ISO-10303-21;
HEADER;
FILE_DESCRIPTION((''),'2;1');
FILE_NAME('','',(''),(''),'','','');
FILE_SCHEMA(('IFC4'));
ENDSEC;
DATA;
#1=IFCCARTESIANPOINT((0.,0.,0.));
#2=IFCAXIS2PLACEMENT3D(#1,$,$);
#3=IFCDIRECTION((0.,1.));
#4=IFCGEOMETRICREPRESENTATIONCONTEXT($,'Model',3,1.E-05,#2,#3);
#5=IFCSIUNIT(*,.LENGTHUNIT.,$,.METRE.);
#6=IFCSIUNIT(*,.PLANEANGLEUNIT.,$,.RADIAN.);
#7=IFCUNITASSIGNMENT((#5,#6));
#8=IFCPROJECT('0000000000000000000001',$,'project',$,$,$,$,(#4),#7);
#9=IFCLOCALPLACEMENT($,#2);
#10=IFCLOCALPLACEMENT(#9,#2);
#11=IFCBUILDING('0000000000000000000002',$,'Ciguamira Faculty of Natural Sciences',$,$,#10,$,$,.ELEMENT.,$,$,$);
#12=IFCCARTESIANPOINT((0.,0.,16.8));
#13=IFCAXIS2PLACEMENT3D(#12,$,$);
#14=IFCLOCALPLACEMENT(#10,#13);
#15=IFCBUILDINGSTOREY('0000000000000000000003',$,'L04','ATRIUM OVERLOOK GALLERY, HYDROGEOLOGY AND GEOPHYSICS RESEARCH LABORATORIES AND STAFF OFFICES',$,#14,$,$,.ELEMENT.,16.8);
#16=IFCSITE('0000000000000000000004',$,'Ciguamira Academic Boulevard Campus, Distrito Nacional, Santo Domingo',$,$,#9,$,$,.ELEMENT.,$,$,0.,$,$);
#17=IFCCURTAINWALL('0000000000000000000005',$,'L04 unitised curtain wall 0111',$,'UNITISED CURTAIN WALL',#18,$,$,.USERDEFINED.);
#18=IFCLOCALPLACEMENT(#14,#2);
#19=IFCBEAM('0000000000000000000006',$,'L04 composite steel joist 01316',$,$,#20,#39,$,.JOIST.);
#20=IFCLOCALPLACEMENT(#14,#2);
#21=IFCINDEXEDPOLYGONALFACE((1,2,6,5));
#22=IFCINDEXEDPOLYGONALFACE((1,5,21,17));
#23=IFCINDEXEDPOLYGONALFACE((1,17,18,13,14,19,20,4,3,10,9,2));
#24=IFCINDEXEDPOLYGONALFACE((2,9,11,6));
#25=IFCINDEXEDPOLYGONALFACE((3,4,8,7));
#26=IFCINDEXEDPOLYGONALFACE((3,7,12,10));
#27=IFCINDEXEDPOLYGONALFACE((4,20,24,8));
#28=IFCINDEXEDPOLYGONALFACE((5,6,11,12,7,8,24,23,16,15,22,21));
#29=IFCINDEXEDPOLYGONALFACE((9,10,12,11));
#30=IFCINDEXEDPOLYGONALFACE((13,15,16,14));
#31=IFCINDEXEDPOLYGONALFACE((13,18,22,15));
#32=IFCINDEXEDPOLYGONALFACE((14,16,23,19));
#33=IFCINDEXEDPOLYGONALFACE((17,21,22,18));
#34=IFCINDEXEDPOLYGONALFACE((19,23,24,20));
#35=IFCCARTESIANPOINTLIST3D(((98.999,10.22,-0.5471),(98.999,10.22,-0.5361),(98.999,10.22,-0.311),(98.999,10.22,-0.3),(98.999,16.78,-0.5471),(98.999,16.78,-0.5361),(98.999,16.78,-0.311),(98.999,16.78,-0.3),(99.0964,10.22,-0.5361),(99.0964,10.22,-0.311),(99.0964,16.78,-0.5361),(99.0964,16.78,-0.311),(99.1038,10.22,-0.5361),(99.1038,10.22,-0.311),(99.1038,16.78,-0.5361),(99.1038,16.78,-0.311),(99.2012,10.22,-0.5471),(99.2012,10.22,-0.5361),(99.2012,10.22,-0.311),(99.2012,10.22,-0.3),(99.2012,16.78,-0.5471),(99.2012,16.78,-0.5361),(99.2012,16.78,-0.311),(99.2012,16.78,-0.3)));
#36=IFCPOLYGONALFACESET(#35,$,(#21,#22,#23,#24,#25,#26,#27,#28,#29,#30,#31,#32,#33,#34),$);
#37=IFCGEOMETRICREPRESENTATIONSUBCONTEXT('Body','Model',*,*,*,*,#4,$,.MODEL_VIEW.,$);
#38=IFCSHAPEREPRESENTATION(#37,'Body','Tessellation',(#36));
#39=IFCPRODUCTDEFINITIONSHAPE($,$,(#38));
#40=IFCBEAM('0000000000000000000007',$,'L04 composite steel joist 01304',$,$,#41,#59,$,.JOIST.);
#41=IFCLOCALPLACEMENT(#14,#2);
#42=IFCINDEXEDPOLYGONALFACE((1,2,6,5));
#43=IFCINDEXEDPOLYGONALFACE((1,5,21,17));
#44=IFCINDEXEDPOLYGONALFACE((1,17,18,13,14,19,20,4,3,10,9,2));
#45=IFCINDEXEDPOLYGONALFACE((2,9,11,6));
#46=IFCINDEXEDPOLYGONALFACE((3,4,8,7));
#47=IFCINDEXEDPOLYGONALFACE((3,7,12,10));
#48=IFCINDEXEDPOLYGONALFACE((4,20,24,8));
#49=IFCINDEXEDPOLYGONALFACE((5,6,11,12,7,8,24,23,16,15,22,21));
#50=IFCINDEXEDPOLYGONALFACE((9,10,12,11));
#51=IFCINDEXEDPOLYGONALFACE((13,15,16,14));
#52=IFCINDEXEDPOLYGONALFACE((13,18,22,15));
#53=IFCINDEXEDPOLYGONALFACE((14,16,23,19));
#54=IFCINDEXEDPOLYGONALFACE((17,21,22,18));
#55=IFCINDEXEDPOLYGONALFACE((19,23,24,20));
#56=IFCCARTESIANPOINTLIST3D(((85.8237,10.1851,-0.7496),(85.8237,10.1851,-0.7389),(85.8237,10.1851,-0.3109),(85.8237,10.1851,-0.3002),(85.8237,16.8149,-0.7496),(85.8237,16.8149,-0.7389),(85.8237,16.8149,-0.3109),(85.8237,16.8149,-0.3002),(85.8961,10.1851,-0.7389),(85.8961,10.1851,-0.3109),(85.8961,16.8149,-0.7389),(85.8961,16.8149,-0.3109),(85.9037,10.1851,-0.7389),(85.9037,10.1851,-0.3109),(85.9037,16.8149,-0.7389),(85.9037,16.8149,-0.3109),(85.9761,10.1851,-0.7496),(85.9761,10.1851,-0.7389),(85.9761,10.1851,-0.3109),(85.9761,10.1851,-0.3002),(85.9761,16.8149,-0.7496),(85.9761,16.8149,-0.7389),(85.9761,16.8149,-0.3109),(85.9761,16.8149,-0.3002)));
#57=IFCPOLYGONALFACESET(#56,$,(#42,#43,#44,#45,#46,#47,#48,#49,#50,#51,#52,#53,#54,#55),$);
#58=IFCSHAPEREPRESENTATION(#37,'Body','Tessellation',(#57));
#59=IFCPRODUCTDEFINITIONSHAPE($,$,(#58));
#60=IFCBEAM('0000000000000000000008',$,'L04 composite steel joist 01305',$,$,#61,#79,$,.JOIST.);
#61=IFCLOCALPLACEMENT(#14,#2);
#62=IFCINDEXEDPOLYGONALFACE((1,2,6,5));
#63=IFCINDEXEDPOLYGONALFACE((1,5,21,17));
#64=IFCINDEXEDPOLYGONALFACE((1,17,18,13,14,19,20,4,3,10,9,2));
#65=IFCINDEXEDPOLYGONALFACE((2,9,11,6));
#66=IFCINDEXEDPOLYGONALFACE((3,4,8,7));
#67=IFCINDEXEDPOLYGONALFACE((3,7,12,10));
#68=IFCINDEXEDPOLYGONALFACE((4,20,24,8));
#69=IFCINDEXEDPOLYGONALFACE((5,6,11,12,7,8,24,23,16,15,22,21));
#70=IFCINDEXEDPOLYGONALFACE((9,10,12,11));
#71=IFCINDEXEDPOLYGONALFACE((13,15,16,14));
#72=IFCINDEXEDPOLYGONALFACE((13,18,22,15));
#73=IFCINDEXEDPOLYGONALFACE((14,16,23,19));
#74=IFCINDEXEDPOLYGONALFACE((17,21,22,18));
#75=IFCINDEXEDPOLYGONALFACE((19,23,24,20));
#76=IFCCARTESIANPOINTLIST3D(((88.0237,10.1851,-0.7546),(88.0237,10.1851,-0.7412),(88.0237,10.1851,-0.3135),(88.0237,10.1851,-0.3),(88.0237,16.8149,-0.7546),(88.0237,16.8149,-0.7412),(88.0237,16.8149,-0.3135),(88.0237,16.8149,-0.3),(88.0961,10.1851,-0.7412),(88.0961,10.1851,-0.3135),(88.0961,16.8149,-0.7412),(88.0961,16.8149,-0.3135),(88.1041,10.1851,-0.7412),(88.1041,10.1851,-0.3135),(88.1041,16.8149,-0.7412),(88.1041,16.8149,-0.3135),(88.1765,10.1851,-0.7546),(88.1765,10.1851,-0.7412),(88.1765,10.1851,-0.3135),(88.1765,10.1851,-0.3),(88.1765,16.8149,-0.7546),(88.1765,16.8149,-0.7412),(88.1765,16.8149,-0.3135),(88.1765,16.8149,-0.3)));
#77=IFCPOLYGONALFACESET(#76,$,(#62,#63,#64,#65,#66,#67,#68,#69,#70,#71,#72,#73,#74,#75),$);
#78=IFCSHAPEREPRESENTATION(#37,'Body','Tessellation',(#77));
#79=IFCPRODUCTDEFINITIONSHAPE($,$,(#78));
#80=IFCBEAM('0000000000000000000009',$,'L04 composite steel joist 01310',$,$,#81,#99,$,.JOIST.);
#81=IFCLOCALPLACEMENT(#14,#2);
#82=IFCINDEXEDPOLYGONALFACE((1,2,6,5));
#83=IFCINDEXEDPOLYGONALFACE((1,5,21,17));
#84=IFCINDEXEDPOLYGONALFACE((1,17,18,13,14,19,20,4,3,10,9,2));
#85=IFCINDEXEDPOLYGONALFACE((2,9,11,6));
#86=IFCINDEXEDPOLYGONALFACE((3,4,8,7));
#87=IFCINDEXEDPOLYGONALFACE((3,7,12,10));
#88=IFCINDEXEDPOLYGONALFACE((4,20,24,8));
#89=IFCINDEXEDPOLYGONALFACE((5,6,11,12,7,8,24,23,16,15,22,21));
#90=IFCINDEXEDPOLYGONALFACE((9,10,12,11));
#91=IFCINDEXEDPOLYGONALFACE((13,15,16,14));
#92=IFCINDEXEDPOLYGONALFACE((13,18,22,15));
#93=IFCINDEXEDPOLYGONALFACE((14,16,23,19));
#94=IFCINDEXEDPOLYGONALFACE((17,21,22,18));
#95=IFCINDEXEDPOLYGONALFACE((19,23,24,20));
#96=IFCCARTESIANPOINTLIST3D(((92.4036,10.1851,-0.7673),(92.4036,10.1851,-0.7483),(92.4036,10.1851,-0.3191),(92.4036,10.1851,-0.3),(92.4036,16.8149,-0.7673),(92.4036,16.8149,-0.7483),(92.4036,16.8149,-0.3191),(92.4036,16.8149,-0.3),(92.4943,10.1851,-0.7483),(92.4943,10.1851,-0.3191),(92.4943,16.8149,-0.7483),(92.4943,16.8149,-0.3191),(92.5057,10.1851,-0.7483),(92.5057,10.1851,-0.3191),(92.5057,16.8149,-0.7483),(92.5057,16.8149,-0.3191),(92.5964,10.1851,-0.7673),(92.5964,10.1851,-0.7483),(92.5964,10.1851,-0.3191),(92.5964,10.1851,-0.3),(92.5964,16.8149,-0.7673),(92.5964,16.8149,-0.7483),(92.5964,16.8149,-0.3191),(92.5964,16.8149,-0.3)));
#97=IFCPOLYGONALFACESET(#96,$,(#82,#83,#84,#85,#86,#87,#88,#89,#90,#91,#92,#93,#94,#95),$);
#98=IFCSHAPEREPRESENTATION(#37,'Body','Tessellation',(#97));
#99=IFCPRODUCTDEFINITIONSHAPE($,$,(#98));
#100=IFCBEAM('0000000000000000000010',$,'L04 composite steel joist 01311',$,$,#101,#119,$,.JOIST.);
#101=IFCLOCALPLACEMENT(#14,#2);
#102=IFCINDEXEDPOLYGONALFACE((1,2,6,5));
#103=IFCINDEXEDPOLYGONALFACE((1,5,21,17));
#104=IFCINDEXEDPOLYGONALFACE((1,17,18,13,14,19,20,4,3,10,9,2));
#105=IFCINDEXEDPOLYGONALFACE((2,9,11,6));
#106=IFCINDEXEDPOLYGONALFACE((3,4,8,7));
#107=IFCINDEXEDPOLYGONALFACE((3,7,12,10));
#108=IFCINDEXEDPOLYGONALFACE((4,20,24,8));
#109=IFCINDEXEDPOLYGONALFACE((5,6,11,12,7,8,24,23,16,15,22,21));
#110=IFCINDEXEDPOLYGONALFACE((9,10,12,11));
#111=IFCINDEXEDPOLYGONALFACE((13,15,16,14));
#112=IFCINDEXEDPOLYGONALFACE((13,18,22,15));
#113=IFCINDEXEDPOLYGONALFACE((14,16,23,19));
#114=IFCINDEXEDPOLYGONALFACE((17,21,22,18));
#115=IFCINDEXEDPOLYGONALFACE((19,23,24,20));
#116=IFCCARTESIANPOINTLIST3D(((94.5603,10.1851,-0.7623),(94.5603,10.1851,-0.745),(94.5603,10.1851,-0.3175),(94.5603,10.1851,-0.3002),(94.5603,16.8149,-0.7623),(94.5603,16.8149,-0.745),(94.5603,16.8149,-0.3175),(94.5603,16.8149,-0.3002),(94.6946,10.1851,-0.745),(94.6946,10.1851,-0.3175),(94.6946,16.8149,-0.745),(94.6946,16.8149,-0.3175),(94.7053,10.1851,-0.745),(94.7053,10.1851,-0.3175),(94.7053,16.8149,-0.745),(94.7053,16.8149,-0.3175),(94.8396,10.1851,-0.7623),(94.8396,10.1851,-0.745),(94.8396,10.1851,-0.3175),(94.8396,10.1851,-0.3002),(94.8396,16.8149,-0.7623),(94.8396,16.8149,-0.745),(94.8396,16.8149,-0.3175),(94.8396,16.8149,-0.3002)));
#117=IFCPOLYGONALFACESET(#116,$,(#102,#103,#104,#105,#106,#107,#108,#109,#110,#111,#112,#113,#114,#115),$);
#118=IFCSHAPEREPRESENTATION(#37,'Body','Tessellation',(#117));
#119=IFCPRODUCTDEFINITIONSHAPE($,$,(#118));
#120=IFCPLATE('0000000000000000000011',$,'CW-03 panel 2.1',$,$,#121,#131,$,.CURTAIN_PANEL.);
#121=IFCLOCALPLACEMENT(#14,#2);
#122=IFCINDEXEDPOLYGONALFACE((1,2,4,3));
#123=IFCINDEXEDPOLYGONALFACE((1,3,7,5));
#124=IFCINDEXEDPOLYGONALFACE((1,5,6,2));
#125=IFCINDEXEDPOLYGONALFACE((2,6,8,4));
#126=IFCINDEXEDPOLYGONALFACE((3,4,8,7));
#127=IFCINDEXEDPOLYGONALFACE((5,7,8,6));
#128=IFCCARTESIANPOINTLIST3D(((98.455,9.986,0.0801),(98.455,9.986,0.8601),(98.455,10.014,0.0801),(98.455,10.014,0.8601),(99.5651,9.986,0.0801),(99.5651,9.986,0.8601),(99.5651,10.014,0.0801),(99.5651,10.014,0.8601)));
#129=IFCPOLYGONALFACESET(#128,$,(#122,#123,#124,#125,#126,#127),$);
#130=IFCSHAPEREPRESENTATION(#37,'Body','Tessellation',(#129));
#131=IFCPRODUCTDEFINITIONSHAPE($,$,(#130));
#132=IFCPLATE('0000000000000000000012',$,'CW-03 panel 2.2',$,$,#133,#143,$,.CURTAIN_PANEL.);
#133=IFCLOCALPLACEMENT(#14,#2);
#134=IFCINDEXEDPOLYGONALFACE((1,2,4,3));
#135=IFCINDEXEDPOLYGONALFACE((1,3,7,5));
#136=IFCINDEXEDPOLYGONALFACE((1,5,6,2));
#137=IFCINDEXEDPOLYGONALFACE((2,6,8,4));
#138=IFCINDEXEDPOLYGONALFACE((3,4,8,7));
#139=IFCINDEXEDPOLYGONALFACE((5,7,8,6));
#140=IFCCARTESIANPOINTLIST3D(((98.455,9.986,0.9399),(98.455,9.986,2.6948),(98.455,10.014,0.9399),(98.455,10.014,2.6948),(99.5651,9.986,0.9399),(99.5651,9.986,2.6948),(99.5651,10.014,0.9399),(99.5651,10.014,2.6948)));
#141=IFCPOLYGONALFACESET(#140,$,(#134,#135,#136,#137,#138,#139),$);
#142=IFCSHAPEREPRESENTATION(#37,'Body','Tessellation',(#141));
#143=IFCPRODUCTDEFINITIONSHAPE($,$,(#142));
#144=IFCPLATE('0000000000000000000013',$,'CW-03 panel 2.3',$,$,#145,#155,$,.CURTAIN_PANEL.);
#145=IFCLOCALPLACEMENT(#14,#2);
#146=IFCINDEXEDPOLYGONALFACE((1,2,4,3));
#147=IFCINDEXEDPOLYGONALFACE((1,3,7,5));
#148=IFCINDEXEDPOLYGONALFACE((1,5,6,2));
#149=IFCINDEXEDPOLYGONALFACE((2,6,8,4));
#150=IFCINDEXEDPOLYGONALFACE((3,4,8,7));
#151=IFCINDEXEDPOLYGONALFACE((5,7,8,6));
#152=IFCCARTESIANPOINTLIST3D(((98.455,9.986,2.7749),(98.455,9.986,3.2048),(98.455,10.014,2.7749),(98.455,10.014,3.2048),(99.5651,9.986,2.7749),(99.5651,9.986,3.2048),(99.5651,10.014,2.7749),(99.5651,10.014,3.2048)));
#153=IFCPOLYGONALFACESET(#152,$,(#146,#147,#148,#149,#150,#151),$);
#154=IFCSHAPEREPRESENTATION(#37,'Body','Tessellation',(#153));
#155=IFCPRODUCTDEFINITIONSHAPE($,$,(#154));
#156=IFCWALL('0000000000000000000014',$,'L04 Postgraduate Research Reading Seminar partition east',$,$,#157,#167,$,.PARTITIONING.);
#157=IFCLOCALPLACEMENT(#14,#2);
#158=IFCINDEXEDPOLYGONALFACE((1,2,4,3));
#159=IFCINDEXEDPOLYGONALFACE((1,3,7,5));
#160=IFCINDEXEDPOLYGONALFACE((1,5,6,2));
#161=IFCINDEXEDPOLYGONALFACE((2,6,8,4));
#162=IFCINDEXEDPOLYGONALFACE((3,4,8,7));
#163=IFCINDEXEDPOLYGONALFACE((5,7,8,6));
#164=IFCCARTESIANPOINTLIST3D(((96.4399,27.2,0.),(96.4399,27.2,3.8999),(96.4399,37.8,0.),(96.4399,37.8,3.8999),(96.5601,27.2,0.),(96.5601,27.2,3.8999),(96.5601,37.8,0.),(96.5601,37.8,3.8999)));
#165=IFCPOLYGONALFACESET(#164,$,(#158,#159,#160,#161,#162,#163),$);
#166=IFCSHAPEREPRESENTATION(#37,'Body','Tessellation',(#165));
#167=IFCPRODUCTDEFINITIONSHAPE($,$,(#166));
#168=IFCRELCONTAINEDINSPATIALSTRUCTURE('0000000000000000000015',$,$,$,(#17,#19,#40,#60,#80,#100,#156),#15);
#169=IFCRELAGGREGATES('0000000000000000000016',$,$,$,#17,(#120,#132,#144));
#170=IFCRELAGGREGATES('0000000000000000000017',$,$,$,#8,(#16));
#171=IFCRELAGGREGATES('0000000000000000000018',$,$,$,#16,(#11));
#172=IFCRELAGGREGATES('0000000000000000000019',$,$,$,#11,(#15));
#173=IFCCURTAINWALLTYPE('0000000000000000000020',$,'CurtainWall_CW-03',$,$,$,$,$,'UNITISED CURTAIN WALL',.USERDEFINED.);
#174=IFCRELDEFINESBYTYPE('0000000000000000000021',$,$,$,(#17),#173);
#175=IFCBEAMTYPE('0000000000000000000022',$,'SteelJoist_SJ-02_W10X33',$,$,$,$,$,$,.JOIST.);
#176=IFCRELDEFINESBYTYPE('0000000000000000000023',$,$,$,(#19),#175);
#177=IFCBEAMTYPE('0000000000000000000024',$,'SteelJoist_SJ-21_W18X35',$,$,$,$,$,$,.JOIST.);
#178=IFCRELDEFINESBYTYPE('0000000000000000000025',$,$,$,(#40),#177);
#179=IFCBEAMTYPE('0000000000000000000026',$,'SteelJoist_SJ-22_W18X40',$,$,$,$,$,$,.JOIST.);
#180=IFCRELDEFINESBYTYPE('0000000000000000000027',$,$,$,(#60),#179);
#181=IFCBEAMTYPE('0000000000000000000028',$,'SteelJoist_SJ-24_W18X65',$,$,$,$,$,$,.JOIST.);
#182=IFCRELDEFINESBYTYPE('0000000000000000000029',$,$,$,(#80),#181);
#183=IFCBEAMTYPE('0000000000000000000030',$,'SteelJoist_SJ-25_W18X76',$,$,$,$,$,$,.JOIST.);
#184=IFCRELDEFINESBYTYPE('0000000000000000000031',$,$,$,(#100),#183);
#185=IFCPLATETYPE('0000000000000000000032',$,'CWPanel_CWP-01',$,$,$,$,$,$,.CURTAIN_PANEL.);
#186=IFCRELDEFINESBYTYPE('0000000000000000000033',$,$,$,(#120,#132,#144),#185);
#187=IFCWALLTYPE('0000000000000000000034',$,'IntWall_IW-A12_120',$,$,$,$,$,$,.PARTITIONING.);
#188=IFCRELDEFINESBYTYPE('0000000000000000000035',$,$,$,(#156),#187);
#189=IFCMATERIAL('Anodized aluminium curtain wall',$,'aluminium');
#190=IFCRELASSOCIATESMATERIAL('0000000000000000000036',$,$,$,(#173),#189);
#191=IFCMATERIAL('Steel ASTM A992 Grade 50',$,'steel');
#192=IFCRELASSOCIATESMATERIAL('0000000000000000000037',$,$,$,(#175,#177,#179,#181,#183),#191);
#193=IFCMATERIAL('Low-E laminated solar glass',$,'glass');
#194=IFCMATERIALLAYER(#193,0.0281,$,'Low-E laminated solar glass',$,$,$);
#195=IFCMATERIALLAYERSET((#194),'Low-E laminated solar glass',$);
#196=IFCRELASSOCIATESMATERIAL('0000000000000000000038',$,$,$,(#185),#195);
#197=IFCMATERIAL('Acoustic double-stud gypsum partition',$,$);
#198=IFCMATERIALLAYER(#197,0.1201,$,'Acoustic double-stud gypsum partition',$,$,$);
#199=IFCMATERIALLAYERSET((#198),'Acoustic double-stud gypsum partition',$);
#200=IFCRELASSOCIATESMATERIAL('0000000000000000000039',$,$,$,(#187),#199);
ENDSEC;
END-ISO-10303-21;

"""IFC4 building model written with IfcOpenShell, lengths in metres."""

from ifc_helpers import new_model, si_unit, direction, frame, frame_2d, origin, origin_2d, place, context, subcontext, project, spatial, rectangle, i_section, extrude, material, layer, layer_set, material_profile, profile_set, type_object, element, aggregate, save


model = new_model("IFC4")

# Units and contexts
model_context = context("Model", 3, precision=1e-05, world=origin(), true_north=direction((0.0, 1.0)))
body_context = subcontext(model_context, "Body", "Model", "MODEL_VIEW")
ifc_project = project(units=[si_unit("LENGTHUNIT", "METRE"), si_unit("PLANEANGLEUNIT", "RADIAN")], contexts=[model_context])

# Site, building, storey
site_placement = place(None, origin())
site = spatial("IfcSite", under=ifc_project, at=site_placement, Name="Ciguamira Academic Boulevard Campus, Distrito Nacional, Santo Domingo", CompositionType="ELEMENT", RefElevation=0.0)
building_placement = place(site_placement, origin())
building = spatial("IfcBuilding", under=site, at=building_placement, Name="Ciguamira Faculty of Natural Sciences", CompositionType="ELEMENT")
storey_placement = place(building_placement, frame((0.0, 0.0, 16.8)))
storey = spatial("IfcBuildingStorey", under=building, at=storey_placement, Name="L04", Description="ATRIUM OVERLOOK GALLERY, HYDROGEOLOGY AND GEOPHYSICS RESEARCH LABORATORIES AND STAFF OFFICES", CompositionType="ELEMENT", Elevation=16.8)

# Curtain wall
ifc_material_1 = material(Name="Anodized aluminium curtain wall", Category="aluminium")
curtain_wall_type = type_object("IfcCurtainWallType", Name="CurtainWall_CW-03", ElementType="UNITISED CURTAIN WALL", PredefinedType="USERDEFINED", material=ifc_material_1)
curtain_wall_placement = place(storey_placement, origin())
curtain_wall = element("IfcCurtainWall", 1, at=curtain_wall_placement, inside=storey, type_object=curtain_wall_type, Name="L04 unitised curtain wall 0111", ObjectType="UNITISED CURTAIN WALL", PredefinedType="USERDEFINED")

# Beams
ifc_material_2 = material(Name="Steel ASTM A992 Grade 50", Category="steel")
ifc_material_profile_1 = material_profile(ifc_material_2, i_section(OverallWidth=0.2021, OverallDepth=0.2471, WebThickness=0.0073, FlangeThickness=0.011, at=origin_2d()), Name="W10X33")
ifc_profile_set_1 = profile_set([ifc_material_profile_1], Name="Steel ASTM A992 Grade 50")
beam_type_1 = type_object("IfcBeamType", Name="SteelJoist_SJ-02_W10X33", PredefinedType="JOIST", material=ifc_profile_set_1)
beam_1_placement = place(storey_placement, frame((99.1001, 10.22, -0.4236), z_axis=(0.0, 1.0, 0.0), x_axis=(-1.0, 0.0, 0.0)))
element("IfcBeam", 2, at=beam_1_placement, inside=storey, type_object=beam_type_1, Name="L04 composite steel joist 01316", PredefinedType="JOIST", context=body_context, shape_type="SweptSolid", body=[
    extrude(i_section(OverallWidth=0.2021, OverallDepth=0.2471, WebThickness=0.0073, FlangeThickness=0.011, at=origin_2d()), origin(), (0.0, 0.0, 1.0), 6.5601),
])
ifc_material_profile_2 = material_profile(ifc_material_2, i_section(OverallWidth=0.1523, OverallDepth=0.4495, WebThickness=0.0076, FlangeThickness=0.0107, at=origin_2d()), Name="W18X35")
ifc_profile_set_2 = profile_set([ifc_material_profile_2], Name="Steel ASTM A992 Grade 50")
beam_type_2 = type_object("IfcBeamType", Name="SteelJoist_SJ-21_W18X35", PredefinedType="JOIST", material=ifc_profile_set_2)
beam_2_placement = place(storey_placement, frame((85.8999, 10.1851, -0.5249), z_axis=(0.0, 1.0, 0.0), x_axis=(-1.0, 0.0, 0.0)))
element("IfcBeam", 3, at=beam_2_placement, inside=storey, type_object=beam_type_2, Name="L04 composite steel joist 01304", PredefinedType="JOIST", context=body_context, shape_type="SweptSolid", body=[
    extrude(i_section(OverallWidth=0.1523, OverallDepth=0.4495, WebThickness=0.0076, FlangeThickness=0.0107, at=origin_2d()), origin(), (0.0, 0.0, 1.0), 6.6299),
])
ifc_material_profile_3 = material_profile(ifc_material_2, i_section(OverallWidth=0.1528, OverallDepth=0.4546, WebThickness=0.0081, FlangeThickness=0.0134, at=origin_2d()), Name="W18X40")
ifc_profile_set_3 = profile_set([ifc_material_profile_3], Name="Steel ASTM A992 Grade 50")
beam_type_3 = type_object("IfcBeamType", Name="SteelJoist_SJ-22_W18X40", PredefinedType="JOIST", material=ifc_profile_set_3)
beam_3_placement = place(storey_placement, frame((88.1001, 10.1851, -0.5273), z_axis=(0.0, 1.0, 0.0), x_axis=(-1.0, 0.0, 0.0)))
element("IfcBeam", 4, at=beam_3_placement, inside=storey, type_object=beam_type_3, Name="L04 composite steel joist 01305", PredefinedType="JOIST", context=body_context, shape_type="SweptSolid", body=[
    extrude(i_section(OverallWidth=0.1528, OverallDepth=0.4546, WebThickness=0.0081, FlangeThickness=0.0134, at=origin_2d()), origin(), (0.0, 0.0, 1.0), 6.6299),
])
ifc_material_profile_4 = material_profile(ifc_material_2, i_section(OverallWidth=0.1929, OverallDepth=0.4673, WebThickness=0.0115, FlangeThickness=0.019, at=origin_2d()), Name="W18X65")
ifc_profile_set_4 = profile_set([ifc_material_profile_4], Name="Steel ASTM A992 Grade 50")
beam_type_4 = type_object("IfcBeamType", Name="SteelJoist_SJ-24_W18X65", PredefinedType="JOIST", material=ifc_profile_set_4)
beam_4_placement = place(storey_placement, frame((92.5, 10.1851, -0.5337), z_axis=(0.0, 1.0, 0.0), x_axis=(-1.0, 0.0, 0.0)))
element("IfcBeam", 5, at=beam_4_placement, inside=storey, type_object=beam_type_4, Name="L04 composite steel joist 01310", PredefinedType="JOIST", context=body_context, shape_type="SweptSolid", body=[
    extrude(i_section(OverallWidth=0.1929, OverallDepth=0.4673, WebThickness=0.0115, FlangeThickness=0.019, at=origin_2d()), origin(), (0.0, 0.0, 1.0), 6.6299),
])
ifc_material_profile_5 = material_profile(ifc_material_2, i_section(OverallWidth=0.2793, OverallDepth=0.4622, WebThickness=0.0107, FlangeThickness=0.0173, at=origin_2d()), Name="W18X76")
ifc_profile_set_5 = profile_set([ifc_material_profile_5], Name="Steel ASTM A992 Grade 50")
beam_type_5 = type_object("IfcBeamType", Name="SteelJoist_SJ-25_W18X76", PredefinedType="JOIST", material=ifc_profile_set_5)
beam_5_placement = place(storey_placement, frame((94.7, 10.1851, -0.5312), z_axis=(0.0, 1.0, 0.0), x_axis=(-1.0, 0.0, 0.0)))
element("IfcBeam", 6, at=beam_5_placement, inside=storey, type_object=beam_type_5, Name="L04 composite steel joist 01311", PredefinedType="JOIST", context=body_context, shape_type="SweptSolid", body=[
    extrude(i_section(OverallWidth=0.2793, OverallDepth=0.4622, WebThickness=0.0107, FlangeThickness=0.0173, at=origin_2d()), origin(), (0.0, 0.0, 1.0), 6.6299),
])

# Plates
ifc_material_3 = material(Name="Low-E laminated solar glass", Category="glass")
ifc_layer_1 = layer(ifc_material_3, 0.0281, Name="Low-E laminated solar glass")
ifc_layer_set_1 = layer_set([ifc_layer_1], Name="Low-E laminated solar glass")
plate_type = type_object("IfcPlateType", Name="CWPanel_CWP-01", PredefinedType="CURTAIN_PANEL", material=ifc_layer_set_1)
plate_1_placement = place(storey_placement, frame((99.01, 10.0, 0.0801), z_axis=(0.0, 0.0, 1.0), x_axis=(1.0, 0.0, 0.0)))
plate_1 = element("IfcPlate", 7, at=plate_1_placement, type_object=plate_type, Name="CW-03 panel 2.1", PredefinedType="CURTAIN_PANEL", context=body_context, shape_type="SweptSolid", body=[
    extrude(rectangle(XDim=1.1101, YDim=0.0281, at=origin_2d()), origin(), (0.0, 0.0, 1.0), 0.78),
])
plate_2_placement = place(storey_placement, frame((99.01, 10.0, 0.9399), z_axis=(0.0, 0.0, 1.0), x_axis=(1.0, 0.0, 0.0)))
plate_2 = element("IfcPlate", 8, at=plate_2_placement, type_object=plate_type, Name="CW-03 panel 2.2", PredefinedType="CURTAIN_PANEL", context=body_context, shape_type="SweptSolid", body=[
    extrude(rectangle(XDim=1.1101, YDim=0.0281, at=origin_2d()), origin(), (0.0, 0.0, 1.0), 1.7549),
])
plate_3_placement = place(storey_placement, frame((99.01, 10.0, 2.7749), z_axis=(0.0, 0.0, 1.0), x_axis=(1.0, 0.0, 0.0)))
plate_3 = element("IfcPlate", 9, at=plate_3_placement, type_object=plate_type, Name="CW-03 panel 2.3", PredefinedType="CURTAIN_PANEL", context=body_context, shape_type="SweptSolid", body=[
    extrude(rectangle(XDim=1.1101, YDim=0.0281, at=origin_2d()), origin(), (0.0, 0.0, 1.0), 0.4299),
])
aggregate(curtain_wall, [plate_1, plate_2, plate_3])

# Wall
ifc_material_4 = material(Name="Acoustic double-stud gypsum partition")
ifc_layer_2 = layer(ifc_material_4, 0.1201, Name="Acoustic double-stud gypsum partition")
ifc_layer_set_2 = layer_set([ifc_layer_2], Name="Acoustic double-stud gypsum partition")
wall_type = type_object("IfcWallType", Name="IntWall_IW-A12_120", PredefinedType="PARTITIONING", material=ifc_layer_set_2)
wall_placement = place(storey_placement, frame((96.5, 27.2, 0.0), z_axis=(0.0, 0.0, 1.0), x_axis=(0.0, 1.0, 0.0)))
element("IfcWall", 10, at=wall_placement, inside=storey, type_object=wall_type, Name="L04 Postgraduate Research Reading Seminar partition east", PredefinedType="PARTITIONING", context=body_context, shape_type="SweptSolid", body=[
    extrude(rectangle(XDim=10.6001, YDim=0.1201, at=frame_2d((5.3, 0.0))), origin(), (0.0, 0.0, 1.0), 3.8999),
])

save(model, "model.ifc")
